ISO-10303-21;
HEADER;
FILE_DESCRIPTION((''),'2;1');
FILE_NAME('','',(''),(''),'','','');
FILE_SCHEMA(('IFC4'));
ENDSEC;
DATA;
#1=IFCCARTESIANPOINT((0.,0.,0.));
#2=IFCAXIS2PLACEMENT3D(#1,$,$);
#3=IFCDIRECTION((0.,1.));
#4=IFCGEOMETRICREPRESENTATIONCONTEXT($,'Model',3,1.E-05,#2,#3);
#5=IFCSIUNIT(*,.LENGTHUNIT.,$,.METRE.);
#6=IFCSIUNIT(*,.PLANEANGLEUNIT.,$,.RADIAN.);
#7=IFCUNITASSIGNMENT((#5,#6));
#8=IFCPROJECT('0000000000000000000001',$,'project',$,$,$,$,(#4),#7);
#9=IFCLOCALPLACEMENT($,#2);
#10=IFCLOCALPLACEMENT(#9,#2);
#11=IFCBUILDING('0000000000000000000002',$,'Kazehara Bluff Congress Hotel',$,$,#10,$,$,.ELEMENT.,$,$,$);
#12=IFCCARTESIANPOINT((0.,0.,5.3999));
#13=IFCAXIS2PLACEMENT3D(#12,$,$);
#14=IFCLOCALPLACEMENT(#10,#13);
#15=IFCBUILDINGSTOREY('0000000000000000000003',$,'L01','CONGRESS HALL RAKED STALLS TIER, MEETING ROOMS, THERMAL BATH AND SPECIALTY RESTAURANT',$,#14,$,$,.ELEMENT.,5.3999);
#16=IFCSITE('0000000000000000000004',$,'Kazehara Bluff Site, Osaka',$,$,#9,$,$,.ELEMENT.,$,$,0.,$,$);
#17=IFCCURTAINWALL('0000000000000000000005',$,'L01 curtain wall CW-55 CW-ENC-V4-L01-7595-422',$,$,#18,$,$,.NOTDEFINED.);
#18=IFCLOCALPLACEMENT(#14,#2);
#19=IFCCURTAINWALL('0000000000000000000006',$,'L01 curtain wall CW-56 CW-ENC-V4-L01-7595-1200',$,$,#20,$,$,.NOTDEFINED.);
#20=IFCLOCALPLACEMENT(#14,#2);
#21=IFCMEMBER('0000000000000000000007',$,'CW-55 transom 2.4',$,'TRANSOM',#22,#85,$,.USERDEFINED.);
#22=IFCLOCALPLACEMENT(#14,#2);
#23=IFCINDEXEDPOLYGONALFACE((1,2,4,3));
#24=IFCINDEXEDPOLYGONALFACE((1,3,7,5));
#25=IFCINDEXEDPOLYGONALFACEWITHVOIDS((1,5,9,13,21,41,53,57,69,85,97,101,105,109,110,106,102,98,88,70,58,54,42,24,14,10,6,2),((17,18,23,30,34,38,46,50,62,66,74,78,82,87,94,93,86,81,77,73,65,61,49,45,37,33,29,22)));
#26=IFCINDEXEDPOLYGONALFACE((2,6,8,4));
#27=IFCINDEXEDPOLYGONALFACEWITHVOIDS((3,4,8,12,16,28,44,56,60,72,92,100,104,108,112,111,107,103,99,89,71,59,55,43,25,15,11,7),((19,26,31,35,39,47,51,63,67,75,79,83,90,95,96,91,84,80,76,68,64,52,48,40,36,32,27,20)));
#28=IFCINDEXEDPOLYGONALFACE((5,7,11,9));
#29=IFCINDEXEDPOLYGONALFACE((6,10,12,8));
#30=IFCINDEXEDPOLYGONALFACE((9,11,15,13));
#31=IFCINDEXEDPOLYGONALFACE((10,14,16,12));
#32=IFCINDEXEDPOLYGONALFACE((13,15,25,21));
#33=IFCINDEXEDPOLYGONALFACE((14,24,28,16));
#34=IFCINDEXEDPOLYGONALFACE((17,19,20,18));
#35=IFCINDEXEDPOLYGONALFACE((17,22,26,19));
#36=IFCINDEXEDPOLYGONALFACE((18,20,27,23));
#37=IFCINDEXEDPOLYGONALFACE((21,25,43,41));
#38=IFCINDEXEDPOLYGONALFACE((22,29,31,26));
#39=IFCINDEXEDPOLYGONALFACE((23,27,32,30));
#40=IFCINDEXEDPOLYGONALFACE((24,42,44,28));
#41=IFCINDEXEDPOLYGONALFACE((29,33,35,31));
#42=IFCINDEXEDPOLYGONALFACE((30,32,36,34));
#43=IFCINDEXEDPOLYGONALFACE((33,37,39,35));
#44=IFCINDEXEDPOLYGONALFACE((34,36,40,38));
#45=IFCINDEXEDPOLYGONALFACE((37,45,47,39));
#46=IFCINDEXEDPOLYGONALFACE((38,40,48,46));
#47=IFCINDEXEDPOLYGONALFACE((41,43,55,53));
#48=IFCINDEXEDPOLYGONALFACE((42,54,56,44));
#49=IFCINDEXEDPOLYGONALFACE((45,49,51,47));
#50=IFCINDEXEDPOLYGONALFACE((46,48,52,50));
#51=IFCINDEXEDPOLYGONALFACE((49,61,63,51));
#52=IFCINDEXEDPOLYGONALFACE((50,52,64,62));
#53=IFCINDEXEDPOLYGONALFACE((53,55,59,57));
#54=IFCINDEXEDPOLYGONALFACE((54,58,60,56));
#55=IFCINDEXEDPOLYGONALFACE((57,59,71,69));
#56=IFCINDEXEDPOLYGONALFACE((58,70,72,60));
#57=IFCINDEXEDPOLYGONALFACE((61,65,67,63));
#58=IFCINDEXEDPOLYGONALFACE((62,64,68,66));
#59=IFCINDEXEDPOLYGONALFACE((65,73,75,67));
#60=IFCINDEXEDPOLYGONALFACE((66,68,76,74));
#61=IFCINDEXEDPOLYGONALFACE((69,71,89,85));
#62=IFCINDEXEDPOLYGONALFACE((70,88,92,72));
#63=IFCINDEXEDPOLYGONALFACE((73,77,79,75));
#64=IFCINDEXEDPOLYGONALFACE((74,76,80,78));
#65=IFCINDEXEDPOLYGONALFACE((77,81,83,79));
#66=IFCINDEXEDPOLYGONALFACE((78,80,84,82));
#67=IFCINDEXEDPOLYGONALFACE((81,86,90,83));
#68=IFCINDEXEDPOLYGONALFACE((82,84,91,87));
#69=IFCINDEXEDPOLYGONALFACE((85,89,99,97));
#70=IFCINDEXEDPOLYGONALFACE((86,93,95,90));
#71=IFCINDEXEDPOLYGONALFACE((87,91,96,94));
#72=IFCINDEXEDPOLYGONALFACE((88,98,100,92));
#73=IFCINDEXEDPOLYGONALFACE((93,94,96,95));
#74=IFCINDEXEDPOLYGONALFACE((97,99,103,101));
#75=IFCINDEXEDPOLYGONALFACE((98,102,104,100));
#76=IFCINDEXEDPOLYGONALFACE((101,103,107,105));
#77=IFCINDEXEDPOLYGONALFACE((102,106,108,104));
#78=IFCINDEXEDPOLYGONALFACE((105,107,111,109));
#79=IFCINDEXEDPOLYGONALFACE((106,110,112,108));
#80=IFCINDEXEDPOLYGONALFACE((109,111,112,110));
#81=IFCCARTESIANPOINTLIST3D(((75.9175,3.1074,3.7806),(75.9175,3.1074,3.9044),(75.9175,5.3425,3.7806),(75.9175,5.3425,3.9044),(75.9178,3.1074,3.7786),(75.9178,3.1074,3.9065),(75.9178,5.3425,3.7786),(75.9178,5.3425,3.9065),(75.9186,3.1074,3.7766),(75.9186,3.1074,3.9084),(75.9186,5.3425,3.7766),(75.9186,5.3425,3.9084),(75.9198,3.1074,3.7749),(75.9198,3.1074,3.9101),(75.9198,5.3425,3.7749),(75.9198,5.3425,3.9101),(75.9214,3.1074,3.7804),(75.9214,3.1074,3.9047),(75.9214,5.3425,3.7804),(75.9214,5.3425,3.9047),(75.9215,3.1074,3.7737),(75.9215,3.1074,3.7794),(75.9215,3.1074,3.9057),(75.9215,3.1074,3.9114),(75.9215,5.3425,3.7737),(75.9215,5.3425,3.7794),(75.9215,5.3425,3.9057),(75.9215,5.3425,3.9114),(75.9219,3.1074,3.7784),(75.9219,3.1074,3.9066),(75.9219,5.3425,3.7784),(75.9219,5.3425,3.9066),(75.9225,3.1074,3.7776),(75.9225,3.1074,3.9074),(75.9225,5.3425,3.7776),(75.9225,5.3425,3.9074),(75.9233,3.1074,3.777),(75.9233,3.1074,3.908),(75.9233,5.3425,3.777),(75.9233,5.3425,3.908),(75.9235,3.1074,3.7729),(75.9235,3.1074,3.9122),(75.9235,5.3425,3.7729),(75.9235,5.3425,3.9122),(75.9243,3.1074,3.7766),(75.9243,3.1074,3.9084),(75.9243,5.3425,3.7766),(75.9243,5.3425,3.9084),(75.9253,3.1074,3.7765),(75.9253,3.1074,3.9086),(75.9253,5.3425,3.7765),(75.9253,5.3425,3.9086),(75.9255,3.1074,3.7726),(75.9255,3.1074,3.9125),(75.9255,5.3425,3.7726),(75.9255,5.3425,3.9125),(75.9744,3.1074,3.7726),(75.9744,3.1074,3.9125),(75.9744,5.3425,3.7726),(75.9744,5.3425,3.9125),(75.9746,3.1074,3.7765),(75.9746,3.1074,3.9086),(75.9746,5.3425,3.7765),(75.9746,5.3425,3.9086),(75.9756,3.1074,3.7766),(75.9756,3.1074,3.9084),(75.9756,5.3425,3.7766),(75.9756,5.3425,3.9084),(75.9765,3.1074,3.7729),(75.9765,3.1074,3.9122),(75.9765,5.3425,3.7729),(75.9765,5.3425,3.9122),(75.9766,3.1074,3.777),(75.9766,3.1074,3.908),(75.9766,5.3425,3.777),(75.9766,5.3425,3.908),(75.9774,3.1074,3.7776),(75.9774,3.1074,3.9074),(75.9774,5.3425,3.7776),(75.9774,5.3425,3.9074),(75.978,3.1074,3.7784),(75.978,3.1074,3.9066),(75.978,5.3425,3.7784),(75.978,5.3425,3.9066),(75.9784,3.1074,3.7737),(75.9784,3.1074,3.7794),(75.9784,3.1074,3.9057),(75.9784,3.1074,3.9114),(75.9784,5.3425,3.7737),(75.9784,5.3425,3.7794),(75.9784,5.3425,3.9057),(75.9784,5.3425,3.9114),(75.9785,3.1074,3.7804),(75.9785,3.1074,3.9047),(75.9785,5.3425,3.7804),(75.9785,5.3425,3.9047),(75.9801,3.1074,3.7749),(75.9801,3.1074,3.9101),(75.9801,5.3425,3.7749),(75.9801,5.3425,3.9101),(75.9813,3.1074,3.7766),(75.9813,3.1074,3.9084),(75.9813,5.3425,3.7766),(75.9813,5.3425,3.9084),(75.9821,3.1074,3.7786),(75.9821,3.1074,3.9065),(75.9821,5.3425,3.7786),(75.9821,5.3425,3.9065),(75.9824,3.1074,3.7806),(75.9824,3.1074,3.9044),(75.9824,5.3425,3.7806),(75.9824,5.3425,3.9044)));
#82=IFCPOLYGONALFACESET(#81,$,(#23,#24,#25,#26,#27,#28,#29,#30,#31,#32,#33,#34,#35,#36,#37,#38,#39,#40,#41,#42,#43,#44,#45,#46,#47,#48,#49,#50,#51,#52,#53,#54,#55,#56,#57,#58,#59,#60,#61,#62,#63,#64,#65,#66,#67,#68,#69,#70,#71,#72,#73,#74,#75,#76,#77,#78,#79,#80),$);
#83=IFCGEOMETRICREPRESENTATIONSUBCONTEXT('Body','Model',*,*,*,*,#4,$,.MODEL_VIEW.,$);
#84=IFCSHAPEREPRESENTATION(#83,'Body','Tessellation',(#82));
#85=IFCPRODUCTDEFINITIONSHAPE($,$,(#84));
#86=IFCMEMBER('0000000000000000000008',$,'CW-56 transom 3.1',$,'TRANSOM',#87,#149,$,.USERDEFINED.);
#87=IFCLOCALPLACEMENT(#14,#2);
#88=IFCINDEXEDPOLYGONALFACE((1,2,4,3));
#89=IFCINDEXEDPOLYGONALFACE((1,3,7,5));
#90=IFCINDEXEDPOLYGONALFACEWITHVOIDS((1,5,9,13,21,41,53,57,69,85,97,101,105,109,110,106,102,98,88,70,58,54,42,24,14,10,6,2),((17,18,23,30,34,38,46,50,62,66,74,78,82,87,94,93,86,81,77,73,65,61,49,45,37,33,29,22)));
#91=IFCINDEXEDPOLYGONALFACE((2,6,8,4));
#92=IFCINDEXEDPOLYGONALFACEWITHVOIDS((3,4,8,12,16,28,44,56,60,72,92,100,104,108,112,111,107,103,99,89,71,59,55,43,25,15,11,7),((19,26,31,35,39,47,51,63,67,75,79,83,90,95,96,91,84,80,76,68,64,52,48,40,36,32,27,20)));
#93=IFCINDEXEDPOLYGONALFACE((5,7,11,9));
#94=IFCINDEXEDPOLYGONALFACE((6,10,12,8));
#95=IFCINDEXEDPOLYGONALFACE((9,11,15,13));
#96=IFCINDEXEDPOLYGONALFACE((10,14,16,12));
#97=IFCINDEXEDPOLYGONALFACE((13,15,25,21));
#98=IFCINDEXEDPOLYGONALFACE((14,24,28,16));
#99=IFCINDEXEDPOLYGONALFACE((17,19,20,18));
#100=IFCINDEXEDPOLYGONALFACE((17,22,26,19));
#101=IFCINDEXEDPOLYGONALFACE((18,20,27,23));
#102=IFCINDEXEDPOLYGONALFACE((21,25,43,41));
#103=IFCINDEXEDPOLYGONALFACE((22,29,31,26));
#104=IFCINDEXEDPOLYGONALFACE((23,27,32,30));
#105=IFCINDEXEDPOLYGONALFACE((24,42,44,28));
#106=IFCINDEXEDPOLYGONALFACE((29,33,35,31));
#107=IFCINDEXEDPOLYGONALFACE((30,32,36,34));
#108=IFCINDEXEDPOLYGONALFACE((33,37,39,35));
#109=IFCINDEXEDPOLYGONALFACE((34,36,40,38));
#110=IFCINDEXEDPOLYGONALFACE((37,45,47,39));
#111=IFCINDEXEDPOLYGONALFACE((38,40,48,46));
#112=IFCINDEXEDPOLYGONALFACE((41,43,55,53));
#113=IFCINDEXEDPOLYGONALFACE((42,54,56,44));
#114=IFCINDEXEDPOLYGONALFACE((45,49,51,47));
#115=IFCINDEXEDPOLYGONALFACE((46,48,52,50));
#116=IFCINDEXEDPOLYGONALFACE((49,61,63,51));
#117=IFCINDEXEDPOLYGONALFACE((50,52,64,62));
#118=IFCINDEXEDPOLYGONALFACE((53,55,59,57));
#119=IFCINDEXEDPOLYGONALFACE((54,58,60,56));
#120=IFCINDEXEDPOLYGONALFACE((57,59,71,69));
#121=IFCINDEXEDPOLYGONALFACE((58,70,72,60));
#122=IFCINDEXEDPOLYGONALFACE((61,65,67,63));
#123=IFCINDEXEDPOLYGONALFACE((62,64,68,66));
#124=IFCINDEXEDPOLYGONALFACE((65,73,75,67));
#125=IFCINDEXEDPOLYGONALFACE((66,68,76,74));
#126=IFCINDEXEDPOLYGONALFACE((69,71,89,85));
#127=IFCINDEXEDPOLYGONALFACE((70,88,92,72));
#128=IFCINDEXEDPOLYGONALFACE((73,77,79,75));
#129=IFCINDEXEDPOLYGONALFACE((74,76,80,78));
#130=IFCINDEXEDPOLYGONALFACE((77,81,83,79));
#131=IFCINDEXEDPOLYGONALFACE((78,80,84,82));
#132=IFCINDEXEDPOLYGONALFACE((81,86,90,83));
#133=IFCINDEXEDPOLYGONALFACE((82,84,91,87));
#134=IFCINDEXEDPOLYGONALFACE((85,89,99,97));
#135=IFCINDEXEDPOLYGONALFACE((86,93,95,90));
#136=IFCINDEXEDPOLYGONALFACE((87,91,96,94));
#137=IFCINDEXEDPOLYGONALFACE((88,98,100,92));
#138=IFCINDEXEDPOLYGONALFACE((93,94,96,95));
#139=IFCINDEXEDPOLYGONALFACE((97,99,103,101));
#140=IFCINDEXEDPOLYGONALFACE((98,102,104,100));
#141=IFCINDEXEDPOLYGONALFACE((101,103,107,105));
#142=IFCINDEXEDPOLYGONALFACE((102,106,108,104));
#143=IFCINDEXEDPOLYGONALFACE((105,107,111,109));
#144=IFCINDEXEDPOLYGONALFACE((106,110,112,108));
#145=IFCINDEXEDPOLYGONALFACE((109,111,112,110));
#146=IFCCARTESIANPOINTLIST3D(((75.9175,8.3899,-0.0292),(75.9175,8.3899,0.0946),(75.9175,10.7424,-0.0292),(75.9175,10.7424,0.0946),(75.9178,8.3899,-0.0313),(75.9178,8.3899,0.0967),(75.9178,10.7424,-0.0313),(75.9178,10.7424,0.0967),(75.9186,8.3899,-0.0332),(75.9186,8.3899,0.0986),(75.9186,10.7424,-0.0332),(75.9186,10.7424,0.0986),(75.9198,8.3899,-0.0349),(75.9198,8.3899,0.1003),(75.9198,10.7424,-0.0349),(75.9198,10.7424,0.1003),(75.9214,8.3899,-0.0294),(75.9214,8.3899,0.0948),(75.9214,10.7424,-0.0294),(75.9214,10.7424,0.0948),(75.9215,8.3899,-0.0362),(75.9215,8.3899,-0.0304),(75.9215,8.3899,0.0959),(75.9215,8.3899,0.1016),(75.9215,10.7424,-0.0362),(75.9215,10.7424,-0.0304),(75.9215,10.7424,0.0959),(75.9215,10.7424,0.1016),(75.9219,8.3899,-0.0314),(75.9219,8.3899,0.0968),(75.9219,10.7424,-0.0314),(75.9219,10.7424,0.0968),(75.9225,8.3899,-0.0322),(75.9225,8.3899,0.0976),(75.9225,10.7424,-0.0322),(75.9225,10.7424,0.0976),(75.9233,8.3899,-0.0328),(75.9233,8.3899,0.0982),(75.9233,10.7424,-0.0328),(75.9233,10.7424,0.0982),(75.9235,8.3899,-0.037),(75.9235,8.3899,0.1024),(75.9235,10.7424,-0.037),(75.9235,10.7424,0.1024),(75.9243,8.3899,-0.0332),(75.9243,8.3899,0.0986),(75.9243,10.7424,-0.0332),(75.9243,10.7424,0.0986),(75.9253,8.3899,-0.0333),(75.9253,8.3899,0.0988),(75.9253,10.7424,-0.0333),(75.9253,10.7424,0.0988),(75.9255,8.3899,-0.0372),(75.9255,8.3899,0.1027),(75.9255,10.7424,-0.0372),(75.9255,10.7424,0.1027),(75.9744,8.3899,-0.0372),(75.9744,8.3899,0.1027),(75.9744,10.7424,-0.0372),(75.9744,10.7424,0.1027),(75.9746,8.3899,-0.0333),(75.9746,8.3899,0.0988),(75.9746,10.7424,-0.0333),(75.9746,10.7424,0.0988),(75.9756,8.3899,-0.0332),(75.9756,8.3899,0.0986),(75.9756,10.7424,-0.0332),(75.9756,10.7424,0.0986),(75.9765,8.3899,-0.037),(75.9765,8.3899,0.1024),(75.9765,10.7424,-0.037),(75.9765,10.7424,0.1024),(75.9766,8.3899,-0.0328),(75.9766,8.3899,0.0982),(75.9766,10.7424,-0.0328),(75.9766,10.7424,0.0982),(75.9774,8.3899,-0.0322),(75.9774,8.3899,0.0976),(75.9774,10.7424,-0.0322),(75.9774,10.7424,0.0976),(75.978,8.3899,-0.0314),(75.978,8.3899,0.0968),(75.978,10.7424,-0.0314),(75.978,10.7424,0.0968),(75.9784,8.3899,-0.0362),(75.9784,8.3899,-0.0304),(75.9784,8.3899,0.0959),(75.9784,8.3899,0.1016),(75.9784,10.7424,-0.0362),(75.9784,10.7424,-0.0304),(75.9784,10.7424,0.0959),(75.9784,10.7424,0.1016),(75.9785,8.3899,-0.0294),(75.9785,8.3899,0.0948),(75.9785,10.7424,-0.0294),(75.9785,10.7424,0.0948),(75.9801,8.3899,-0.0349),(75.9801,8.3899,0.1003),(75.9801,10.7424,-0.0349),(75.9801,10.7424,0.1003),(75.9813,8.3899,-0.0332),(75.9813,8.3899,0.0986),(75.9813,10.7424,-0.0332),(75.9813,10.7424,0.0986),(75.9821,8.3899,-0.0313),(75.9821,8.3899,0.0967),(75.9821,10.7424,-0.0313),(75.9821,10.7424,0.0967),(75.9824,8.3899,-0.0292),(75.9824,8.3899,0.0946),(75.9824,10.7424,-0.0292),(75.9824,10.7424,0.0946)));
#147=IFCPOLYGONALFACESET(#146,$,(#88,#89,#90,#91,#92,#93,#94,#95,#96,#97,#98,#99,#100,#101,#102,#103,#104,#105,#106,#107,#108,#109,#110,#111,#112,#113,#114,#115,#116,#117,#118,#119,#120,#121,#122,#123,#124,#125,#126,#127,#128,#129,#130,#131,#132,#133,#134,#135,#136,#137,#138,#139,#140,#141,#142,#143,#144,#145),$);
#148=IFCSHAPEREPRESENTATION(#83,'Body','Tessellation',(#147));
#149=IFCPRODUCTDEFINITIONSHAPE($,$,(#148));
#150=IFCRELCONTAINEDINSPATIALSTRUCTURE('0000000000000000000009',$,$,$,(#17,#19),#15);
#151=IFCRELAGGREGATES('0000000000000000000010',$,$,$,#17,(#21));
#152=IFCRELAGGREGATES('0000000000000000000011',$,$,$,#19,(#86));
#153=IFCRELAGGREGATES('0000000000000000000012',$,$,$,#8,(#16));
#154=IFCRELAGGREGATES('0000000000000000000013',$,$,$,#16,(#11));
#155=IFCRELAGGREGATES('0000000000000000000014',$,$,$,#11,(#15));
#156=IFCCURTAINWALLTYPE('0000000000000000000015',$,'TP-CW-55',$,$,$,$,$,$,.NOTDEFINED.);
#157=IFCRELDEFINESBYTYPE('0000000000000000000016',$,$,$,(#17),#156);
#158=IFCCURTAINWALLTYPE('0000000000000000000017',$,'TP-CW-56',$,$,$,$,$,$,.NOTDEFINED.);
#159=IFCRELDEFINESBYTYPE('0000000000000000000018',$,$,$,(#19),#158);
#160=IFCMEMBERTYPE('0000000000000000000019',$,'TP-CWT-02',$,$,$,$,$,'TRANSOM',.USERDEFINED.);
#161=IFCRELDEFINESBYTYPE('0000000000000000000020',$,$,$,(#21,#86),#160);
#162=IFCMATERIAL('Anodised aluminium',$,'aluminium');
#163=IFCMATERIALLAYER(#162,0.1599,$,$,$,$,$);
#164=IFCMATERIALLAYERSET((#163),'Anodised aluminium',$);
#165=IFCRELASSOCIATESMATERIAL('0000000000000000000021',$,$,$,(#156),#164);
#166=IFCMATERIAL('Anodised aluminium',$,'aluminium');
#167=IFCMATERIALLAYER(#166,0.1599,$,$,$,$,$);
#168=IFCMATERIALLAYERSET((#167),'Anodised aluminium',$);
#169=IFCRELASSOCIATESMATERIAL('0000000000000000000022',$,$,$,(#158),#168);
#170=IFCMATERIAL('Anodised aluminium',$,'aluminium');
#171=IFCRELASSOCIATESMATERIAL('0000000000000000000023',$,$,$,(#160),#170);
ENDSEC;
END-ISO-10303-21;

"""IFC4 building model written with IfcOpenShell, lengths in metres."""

from ifc_helpers import new_model, si_unit, direction, frame, origin, origin_2d, place, context, subcontext, project, spatial, hollow_rectangle, extrude, material, layer, layer_set, material_profile, profile_set, type_object, element, aggregate, save


model = new_model("IFC4")

# Units and contexts
model_context = context("Model", 3, precision=1e-05, world=origin(), true_north=direction((0.0, 1.0)))
body_context = subcontext(model_context, "Body", "Model", "MODEL_VIEW")
ifc_project = project(units=[si_unit("LENGTHUNIT", "METRE"), si_unit("PLANEANGLEUNIT", "RADIAN")], contexts=[model_context])

# Site, building, storey
site_placement = place(None, origin())
site = spatial("IfcSite", under=ifc_project, at=site_placement, Name="Kazehara Bluff Site, Osaka", CompositionType="ELEMENT", RefElevation=0.0)
building_placement = place(site_placement, origin())
building = spatial("IfcBuilding", under=site, at=building_placement, Name="Kazehara Bluff Congress Hotel", CompositionType="ELEMENT")
storey_placement = place(building_placement, frame((0.0, 0.0, 5.3999)))
storey = spatial("IfcBuildingStorey", under=building, at=storey_placement, Name="L01", Description="CONGRESS HALL RAKED STALLS TIER, MEETING ROOMS, THERMAL BATH AND SPECIALTY RESTAURANT", CompositionType="ELEMENT", Elevation=5.3999)

# Curtain walls
ifc_material_1 = material(Name="Anodised aluminium", Category="aluminium")
ifc_layer_1 = layer(ifc_material_1, 0.1599)
ifc_layer_set_1 = layer_set([ifc_layer_1], Name="Anodised aluminium")
curtain_wall_type_1 = type_object("IfcCurtainWallType", Name="TP-CW-55", PredefinedType="NOTDEFINED", material=ifc_layer_set_1)
curtain_wall_1_placement = place(storey_placement, origin())
curtain_wall_1 = element("IfcCurtainWall", 1, at=curtain_wall_1_placement, inside=storey, type_object=curtain_wall_type_1, Name="L01 curtain wall CW-55 CW-ENC-V4-L01-7595-422", PredefinedType="NOTDEFINED")
ifc_material_2 = material(Name="Anodised aluminium", Category="aluminium")
ifc_layer_2 = layer(ifc_material_2, 0.1599)
ifc_layer_set_2 = layer_set([ifc_layer_2], Name="Anodised aluminium")
curtain_wall_type_2 = type_object("IfcCurtainWallType", Name="TP-CW-56", PredefinedType="NOTDEFINED", material=ifc_layer_set_2)
curtain_wall_2_placement = place(storey_placement, origin())
curtain_wall_2 = element("IfcCurtainWall", 2, at=curtain_wall_2_placement, inside=storey, type_object=curtain_wall_type_2, Name="L01 curtain wall CW-56 CW-ENC-V4-L01-7595-1200", PredefinedType="NOTDEFINED")

# Members
ifc_material_3 = material(Name="Anodised aluminium", Category="aluminium")
ifc_material_profile_1 = material_profile(ifc_material_3, hollow_rectangle(XDim=0.0649, YDim=0.1399, WallThickness=0.0039, InnerFilletRadius=0.0039, OuterFilletRadius=0.0081, at=origin_2d()))
ifc_profile_set_1 = profile_set([ifc_material_profile_1], Name="Anodised aluminium")
member_type_1 = type_object("IfcMemberType", Name="TP-CWT-02", ElementType="TRANSOM", PredefinedType="USERDEFINED", material=ifc_profile_set_1)
member_1_placement = place(storey_placement, frame((75.95, 5.3425, 3.8425), z_axis=(0.0, -1.0, 0.0), x_axis=(1.0, 0.0, 0.0)))
member_1 = element("IfcMember", 3, at=member_1_placement, type_object=member_type_1, Name="CW-55 transom 2.4", ObjectType="TRANSOM", PredefinedType="USERDEFINED", context=body_context, shape_type="SweptSolid", body=[
    extrude(hollow_rectangle(XDim=0.0649, YDim=0.1399, WallThickness=0.0039, InnerFilletRadius=0.0039, OuterFilletRadius=0.0081, at=origin_2d()), origin(), (0.0, 0.0, 1.0), 2.2351),
])
member_2_placement = place(storey_placement, frame((75.95, 10.7424, 0.0327), z_axis=(0.0, -1.0, 0.0), x_axis=(1.0, 0.0, 0.0)))
member_2 = element("IfcMember", 4, at=member_2_placement, type_object=member_type_1, Name="CW-56 transom 3.1", ObjectType="TRANSOM", PredefinedType="USERDEFINED", context=body_context, shape_type="SweptSolid", body=[
    extrude(hollow_rectangle(XDim=0.0649, YDim=0.1399, WallThickness=0.0039, InnerFilletRadius=0.0039, OuterFilletRadius=0.0081, at=origin_2d()), origin(), (0.0, 0.0, 1.0), 2.3525),
])

aggregate(curtain_wall_1, [member_1])
aggregate(curtain_wall_2, [member_2])

save(model, "model.ifc")
